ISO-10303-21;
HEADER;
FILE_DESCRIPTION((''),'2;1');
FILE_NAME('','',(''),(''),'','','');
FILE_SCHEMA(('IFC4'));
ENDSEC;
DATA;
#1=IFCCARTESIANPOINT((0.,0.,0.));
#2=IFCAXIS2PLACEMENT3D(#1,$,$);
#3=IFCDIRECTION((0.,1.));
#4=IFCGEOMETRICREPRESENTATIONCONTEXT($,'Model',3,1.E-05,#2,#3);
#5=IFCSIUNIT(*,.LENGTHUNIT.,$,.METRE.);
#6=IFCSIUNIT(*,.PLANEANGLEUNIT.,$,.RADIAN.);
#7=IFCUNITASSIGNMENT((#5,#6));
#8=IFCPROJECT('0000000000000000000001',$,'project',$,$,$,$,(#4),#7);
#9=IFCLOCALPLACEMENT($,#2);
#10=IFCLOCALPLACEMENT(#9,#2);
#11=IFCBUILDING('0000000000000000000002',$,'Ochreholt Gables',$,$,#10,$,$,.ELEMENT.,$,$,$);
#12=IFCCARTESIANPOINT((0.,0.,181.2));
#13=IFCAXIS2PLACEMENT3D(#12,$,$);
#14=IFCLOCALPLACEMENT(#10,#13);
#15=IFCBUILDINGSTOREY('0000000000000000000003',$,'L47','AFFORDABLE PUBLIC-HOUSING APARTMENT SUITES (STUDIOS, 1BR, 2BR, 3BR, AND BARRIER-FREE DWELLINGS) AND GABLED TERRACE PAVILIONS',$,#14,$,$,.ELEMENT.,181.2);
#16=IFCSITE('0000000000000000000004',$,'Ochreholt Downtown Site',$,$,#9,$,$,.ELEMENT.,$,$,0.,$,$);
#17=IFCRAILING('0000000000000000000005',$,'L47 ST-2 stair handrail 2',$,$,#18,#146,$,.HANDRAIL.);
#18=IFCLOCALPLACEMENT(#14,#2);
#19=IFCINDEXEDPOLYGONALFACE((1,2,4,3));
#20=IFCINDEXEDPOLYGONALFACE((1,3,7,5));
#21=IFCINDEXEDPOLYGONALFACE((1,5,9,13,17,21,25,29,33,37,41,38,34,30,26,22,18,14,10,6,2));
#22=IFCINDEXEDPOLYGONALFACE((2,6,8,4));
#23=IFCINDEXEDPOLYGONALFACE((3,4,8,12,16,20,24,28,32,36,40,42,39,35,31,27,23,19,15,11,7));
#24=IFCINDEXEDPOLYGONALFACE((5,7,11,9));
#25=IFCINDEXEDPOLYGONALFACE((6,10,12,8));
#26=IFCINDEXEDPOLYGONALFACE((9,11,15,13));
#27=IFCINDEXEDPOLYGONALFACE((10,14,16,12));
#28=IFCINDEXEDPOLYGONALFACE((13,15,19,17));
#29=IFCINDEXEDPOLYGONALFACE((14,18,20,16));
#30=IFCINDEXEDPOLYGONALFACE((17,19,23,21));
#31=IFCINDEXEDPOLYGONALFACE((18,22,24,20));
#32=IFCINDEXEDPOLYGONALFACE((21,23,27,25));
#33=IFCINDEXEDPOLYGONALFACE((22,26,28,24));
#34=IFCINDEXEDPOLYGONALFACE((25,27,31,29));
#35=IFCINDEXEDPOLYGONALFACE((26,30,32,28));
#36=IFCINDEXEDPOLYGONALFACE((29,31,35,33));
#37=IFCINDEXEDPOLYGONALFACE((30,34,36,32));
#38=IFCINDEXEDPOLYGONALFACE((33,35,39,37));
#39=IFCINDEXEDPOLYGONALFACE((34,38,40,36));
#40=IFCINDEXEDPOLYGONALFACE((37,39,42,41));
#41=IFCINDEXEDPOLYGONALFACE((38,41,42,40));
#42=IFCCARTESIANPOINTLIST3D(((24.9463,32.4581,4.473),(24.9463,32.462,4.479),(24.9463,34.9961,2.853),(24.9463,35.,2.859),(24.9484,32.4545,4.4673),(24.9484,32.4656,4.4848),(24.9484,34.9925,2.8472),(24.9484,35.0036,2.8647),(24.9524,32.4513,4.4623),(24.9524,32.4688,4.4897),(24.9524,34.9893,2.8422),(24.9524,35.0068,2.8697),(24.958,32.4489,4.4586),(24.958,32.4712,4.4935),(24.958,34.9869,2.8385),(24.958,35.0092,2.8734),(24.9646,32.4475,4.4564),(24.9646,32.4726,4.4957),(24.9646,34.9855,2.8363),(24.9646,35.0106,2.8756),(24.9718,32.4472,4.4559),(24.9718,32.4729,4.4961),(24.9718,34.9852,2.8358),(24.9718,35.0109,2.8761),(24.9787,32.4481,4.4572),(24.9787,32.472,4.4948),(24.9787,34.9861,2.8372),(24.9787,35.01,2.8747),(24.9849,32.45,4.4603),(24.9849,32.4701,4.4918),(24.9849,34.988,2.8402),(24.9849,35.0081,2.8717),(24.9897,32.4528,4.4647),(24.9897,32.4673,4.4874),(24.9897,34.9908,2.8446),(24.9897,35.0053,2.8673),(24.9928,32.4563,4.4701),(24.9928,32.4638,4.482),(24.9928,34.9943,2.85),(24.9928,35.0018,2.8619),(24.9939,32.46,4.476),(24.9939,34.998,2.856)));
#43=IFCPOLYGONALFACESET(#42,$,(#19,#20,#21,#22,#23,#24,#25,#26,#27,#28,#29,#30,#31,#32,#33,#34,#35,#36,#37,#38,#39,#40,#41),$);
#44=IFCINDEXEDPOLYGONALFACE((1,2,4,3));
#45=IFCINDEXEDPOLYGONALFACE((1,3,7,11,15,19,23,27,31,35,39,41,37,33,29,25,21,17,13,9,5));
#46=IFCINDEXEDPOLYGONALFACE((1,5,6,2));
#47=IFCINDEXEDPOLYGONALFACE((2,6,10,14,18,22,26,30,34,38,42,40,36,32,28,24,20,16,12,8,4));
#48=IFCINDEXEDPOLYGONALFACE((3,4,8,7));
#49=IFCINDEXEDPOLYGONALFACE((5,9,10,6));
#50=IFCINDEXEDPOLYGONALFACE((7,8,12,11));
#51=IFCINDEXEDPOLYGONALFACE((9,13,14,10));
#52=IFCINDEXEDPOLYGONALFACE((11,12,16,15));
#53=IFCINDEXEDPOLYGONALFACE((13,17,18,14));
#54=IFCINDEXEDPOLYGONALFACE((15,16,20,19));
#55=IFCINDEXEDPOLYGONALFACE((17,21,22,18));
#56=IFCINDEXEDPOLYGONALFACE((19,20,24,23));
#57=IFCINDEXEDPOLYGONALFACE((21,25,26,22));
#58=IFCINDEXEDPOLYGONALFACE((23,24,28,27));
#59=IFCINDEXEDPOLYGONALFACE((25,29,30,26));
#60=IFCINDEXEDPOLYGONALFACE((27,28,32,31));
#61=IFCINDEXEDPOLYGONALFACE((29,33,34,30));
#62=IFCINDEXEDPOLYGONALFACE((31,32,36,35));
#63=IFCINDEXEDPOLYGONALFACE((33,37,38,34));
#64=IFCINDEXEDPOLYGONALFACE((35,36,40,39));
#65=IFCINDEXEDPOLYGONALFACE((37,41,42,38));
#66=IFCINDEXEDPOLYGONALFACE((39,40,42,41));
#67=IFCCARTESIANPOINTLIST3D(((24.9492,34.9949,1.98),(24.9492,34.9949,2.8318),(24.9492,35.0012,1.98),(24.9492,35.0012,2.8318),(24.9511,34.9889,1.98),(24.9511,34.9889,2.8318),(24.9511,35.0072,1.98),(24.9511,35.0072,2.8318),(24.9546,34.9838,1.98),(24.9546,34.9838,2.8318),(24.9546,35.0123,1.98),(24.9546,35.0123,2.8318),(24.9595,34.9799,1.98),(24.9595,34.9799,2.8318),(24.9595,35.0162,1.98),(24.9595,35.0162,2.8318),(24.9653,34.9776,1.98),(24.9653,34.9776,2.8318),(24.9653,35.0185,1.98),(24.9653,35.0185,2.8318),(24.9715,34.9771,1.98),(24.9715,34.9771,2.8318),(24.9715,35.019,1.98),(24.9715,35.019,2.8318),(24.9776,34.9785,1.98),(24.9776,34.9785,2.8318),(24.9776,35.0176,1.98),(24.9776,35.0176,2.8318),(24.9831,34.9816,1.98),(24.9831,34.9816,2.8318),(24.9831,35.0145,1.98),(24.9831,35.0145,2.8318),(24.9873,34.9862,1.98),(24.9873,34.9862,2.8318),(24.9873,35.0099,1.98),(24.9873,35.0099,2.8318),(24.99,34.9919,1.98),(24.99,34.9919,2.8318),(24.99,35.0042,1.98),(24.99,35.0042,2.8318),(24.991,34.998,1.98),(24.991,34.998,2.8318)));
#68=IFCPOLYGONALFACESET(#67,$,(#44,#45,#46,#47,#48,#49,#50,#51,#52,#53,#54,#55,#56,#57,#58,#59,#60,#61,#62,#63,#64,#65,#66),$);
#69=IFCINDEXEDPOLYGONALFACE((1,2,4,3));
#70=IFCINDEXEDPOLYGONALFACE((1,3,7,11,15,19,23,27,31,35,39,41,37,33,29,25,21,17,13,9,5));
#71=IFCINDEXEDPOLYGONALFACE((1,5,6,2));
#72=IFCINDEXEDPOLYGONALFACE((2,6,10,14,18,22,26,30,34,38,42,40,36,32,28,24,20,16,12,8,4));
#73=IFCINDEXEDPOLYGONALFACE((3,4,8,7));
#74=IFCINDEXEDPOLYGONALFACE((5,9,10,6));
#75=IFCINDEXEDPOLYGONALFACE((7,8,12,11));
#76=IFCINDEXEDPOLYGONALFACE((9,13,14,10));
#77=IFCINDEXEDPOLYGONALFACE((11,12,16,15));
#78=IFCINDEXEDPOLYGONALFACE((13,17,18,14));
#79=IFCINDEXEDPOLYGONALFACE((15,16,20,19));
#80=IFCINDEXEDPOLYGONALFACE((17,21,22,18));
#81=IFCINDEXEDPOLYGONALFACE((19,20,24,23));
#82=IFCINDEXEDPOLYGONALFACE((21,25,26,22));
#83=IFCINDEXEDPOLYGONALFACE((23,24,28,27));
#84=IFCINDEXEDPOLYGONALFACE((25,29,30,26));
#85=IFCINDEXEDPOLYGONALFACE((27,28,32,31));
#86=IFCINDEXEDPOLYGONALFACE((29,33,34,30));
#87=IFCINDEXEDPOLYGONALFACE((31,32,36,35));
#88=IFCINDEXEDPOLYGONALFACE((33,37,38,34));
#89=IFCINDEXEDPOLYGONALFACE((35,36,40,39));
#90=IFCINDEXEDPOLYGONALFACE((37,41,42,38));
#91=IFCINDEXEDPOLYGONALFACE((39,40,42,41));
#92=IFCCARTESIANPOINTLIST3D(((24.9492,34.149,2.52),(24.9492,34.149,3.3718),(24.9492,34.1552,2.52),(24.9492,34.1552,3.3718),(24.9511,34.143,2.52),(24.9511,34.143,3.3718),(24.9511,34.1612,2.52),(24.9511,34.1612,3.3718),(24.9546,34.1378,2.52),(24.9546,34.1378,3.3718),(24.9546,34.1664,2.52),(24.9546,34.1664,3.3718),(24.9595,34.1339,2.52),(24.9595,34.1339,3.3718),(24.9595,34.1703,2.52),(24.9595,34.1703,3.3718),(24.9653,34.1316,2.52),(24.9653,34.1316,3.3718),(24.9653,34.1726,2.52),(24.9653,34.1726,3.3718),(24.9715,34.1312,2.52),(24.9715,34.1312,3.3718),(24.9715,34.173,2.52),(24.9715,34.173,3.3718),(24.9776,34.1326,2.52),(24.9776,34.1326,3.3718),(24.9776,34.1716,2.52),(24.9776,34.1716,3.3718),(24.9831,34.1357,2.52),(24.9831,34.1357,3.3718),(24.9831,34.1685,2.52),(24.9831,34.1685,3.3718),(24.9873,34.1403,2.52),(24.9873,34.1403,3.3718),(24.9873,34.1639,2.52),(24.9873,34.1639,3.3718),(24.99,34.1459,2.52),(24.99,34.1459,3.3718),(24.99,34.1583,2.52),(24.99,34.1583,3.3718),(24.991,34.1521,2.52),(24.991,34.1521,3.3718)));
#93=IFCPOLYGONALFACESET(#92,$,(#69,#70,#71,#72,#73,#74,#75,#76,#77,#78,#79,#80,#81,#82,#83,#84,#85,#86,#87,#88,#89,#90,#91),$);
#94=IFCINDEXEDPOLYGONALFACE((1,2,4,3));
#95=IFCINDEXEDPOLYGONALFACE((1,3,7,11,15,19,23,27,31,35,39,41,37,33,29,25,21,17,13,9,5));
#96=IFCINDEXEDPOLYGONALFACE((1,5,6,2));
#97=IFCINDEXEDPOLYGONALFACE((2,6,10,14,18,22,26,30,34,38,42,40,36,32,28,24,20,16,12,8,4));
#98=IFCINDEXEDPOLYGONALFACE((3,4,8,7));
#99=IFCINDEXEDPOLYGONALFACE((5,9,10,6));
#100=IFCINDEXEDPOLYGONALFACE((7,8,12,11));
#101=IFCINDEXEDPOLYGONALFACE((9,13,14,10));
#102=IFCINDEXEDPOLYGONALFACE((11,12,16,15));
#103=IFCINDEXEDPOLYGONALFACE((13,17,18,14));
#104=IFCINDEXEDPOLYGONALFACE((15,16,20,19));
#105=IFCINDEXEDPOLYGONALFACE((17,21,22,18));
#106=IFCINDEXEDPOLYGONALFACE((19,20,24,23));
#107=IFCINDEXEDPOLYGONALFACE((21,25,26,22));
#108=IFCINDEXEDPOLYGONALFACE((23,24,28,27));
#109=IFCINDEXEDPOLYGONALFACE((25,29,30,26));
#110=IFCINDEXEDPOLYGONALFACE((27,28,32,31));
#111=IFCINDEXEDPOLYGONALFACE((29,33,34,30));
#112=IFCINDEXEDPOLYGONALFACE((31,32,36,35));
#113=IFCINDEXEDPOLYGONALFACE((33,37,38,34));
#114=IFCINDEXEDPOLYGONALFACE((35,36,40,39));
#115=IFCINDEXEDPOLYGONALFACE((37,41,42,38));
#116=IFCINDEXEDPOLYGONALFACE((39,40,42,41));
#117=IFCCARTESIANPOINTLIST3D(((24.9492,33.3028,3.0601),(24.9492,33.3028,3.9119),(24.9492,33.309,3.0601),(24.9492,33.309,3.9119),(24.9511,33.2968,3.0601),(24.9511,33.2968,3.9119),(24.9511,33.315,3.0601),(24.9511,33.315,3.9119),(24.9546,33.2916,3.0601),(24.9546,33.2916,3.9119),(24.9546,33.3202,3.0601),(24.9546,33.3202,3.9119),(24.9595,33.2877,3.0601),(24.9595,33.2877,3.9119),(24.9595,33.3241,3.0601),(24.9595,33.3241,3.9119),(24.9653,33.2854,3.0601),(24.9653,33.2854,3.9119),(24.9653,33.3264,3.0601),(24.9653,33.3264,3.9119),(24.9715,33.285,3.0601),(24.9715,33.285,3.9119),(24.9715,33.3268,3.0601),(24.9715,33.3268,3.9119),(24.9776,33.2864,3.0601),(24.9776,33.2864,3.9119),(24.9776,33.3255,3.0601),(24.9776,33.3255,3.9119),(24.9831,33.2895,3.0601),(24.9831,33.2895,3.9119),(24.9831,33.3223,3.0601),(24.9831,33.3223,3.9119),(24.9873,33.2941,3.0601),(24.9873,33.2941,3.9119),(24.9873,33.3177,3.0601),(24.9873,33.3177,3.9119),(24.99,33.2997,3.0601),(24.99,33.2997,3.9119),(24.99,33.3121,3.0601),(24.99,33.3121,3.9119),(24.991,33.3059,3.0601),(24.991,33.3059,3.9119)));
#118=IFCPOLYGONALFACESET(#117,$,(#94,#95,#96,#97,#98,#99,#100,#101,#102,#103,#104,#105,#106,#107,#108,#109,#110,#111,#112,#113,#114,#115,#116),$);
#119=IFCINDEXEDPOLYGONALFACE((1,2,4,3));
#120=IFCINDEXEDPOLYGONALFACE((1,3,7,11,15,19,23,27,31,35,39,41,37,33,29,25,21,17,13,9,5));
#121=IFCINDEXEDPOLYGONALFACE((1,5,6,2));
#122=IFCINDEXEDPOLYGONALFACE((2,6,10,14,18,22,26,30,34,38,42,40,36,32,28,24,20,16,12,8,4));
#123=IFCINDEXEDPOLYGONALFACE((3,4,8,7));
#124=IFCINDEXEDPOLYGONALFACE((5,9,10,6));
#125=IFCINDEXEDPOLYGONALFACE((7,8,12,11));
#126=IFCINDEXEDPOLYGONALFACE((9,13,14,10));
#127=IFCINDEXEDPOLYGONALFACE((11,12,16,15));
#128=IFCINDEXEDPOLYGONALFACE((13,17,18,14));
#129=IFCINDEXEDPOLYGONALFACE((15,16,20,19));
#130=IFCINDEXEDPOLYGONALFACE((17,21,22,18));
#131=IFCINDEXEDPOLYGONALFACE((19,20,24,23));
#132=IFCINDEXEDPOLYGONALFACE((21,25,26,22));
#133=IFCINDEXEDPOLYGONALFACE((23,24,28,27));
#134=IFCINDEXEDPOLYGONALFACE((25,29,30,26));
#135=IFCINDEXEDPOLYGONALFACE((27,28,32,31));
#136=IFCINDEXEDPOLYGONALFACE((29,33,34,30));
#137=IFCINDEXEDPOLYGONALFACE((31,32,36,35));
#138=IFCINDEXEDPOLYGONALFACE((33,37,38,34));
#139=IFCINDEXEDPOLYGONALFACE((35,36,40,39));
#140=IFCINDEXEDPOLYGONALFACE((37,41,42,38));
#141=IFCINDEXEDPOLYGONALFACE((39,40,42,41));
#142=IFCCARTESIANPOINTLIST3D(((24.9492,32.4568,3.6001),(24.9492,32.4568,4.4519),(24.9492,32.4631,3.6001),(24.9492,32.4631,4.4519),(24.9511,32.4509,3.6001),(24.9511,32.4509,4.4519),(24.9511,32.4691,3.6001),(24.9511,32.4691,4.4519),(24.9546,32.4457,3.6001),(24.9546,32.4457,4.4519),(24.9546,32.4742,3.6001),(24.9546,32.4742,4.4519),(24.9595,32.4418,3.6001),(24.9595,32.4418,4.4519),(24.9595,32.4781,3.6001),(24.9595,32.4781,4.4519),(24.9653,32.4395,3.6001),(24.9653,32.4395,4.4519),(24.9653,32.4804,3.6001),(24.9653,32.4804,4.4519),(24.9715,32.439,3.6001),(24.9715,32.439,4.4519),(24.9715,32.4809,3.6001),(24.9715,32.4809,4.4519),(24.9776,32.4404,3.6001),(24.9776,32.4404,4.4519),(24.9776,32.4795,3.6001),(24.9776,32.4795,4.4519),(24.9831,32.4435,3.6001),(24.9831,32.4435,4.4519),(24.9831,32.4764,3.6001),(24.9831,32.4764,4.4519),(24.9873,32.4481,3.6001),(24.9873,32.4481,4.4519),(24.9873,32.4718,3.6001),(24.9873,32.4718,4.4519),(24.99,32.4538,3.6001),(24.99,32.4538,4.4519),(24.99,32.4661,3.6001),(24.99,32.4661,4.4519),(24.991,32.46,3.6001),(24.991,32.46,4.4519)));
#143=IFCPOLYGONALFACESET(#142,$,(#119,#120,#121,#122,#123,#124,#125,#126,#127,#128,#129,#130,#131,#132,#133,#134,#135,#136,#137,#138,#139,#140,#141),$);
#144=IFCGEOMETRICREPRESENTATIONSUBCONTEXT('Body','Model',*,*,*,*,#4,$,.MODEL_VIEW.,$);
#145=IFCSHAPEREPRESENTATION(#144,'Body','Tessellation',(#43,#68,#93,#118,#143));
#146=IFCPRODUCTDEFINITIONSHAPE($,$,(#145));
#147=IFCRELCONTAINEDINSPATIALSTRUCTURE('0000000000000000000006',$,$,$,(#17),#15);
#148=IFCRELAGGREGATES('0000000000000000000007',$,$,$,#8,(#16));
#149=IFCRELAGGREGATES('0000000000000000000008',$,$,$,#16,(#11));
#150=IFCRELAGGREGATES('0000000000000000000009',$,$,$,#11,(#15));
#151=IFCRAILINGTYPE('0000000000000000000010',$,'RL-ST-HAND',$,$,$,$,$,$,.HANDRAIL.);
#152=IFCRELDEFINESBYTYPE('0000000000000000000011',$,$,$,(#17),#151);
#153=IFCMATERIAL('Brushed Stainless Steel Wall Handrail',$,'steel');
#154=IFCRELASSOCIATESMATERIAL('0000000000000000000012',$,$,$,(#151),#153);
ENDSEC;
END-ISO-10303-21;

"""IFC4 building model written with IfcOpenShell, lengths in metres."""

from ifc_helpers import new_model, si_unit, direction, frame, origin, origin_2d, place, context, subcontext, project, spatial, circle, extrude, material, type_object, element, save


model = new_model("IFC4")

# Units and contexts
model_context = context("Model", 3, precision=1e-05, world=origin(), true_north=direction((0.0, 1.0)))
body_context = subcontext(model_context, "Body", "Model", "MODEL_VIEW")
ifc_project = project(units=[si_unit("LENGTHUNIT", "METRE"), si_unit("PLANEANGLEUNIT", "RADIAN")], contexts=[model_context])

# Site, building, storey
site_placement = place(None, origin())
site = spatial("IfcSite", under=ifc_project, at=site_placement, Name="Ochreholt Downtown Site", CompositionType="ELEMENT", RefElevation=0.0)
building_placement = place(site_placement, origin())
building = spatial("IfcBuilding", under=site, at=building_placement, Name="Ochreholt Gables", CompositionType="ELEMENT")
storey_placement = place(building_placement, frame((0.0, 0.0, 181.2)))
storey = spatial("IfcBuildingStorey", under=building, at=storey_placement, Name="L47", Description="AFFORDABLE PUBLIC-HOUSING APARTMENT SUITES (STUDIOS, 1BR, 2BR, 3BR, AND BARRIER-FREE DWELLINGS) AND GABLED TERRACE PAVILIONS", CompositionType="ELEMENT", Elevation=181.2)

# Railing
ifc_material_1 = material(Name="Brushed Stainless Steel Wall Handrail", Category="steel")
railing_type_1 = type_object("IfcRailingType", Name="RL-ST-HAND", PredefinedType="HANDRAIL", material=ifc_material_1)
railing_1_placement = place(storey_placement, frame((24.97, 34.998, 1.98)))
element("IfcRailing", 1, at=railing_1_placement, inside=storey, type_object=railing_type_1, Name="L47 ST-2 stair handrail 2", PredefinedType="HANDRAIL", context=body_context, shape_type="SweptSolid", body=[
    extrude(circle(Radius=0.0239, at=origin_2d()), frame((0.0, 0.0, 0.876), z_axis=(0.0, -0.842913, 0.53805), x_axis=(1.0, 0.0, 0.0)), (0.0, 0.0, 1.0), 3.011),
    extrude(circle(Radius=0.021, at=origin_2d()), origin(), (0.0, 0.0, 1.0), 0.8518),
    extrude(circle(Radius=0.021, at=origin_2d()), frame((0.0, -0.8459, 0.54)), (0.0, 0.0, 1.0), 0.8518),
    extrude(circle(Radius=0.021, at=origin_2d()), frame((0.0, -1.6921, 1.0801)), (0.0, 0.0, 1.0), 0.8518),
    extrude(circle(Radius=0.021, at=origin_2d()), frame((0.0, -2.5381, 1.6201)), (0.0, 0.0, 1.0), 0.8518),
])

save(model, "model.ifc")
